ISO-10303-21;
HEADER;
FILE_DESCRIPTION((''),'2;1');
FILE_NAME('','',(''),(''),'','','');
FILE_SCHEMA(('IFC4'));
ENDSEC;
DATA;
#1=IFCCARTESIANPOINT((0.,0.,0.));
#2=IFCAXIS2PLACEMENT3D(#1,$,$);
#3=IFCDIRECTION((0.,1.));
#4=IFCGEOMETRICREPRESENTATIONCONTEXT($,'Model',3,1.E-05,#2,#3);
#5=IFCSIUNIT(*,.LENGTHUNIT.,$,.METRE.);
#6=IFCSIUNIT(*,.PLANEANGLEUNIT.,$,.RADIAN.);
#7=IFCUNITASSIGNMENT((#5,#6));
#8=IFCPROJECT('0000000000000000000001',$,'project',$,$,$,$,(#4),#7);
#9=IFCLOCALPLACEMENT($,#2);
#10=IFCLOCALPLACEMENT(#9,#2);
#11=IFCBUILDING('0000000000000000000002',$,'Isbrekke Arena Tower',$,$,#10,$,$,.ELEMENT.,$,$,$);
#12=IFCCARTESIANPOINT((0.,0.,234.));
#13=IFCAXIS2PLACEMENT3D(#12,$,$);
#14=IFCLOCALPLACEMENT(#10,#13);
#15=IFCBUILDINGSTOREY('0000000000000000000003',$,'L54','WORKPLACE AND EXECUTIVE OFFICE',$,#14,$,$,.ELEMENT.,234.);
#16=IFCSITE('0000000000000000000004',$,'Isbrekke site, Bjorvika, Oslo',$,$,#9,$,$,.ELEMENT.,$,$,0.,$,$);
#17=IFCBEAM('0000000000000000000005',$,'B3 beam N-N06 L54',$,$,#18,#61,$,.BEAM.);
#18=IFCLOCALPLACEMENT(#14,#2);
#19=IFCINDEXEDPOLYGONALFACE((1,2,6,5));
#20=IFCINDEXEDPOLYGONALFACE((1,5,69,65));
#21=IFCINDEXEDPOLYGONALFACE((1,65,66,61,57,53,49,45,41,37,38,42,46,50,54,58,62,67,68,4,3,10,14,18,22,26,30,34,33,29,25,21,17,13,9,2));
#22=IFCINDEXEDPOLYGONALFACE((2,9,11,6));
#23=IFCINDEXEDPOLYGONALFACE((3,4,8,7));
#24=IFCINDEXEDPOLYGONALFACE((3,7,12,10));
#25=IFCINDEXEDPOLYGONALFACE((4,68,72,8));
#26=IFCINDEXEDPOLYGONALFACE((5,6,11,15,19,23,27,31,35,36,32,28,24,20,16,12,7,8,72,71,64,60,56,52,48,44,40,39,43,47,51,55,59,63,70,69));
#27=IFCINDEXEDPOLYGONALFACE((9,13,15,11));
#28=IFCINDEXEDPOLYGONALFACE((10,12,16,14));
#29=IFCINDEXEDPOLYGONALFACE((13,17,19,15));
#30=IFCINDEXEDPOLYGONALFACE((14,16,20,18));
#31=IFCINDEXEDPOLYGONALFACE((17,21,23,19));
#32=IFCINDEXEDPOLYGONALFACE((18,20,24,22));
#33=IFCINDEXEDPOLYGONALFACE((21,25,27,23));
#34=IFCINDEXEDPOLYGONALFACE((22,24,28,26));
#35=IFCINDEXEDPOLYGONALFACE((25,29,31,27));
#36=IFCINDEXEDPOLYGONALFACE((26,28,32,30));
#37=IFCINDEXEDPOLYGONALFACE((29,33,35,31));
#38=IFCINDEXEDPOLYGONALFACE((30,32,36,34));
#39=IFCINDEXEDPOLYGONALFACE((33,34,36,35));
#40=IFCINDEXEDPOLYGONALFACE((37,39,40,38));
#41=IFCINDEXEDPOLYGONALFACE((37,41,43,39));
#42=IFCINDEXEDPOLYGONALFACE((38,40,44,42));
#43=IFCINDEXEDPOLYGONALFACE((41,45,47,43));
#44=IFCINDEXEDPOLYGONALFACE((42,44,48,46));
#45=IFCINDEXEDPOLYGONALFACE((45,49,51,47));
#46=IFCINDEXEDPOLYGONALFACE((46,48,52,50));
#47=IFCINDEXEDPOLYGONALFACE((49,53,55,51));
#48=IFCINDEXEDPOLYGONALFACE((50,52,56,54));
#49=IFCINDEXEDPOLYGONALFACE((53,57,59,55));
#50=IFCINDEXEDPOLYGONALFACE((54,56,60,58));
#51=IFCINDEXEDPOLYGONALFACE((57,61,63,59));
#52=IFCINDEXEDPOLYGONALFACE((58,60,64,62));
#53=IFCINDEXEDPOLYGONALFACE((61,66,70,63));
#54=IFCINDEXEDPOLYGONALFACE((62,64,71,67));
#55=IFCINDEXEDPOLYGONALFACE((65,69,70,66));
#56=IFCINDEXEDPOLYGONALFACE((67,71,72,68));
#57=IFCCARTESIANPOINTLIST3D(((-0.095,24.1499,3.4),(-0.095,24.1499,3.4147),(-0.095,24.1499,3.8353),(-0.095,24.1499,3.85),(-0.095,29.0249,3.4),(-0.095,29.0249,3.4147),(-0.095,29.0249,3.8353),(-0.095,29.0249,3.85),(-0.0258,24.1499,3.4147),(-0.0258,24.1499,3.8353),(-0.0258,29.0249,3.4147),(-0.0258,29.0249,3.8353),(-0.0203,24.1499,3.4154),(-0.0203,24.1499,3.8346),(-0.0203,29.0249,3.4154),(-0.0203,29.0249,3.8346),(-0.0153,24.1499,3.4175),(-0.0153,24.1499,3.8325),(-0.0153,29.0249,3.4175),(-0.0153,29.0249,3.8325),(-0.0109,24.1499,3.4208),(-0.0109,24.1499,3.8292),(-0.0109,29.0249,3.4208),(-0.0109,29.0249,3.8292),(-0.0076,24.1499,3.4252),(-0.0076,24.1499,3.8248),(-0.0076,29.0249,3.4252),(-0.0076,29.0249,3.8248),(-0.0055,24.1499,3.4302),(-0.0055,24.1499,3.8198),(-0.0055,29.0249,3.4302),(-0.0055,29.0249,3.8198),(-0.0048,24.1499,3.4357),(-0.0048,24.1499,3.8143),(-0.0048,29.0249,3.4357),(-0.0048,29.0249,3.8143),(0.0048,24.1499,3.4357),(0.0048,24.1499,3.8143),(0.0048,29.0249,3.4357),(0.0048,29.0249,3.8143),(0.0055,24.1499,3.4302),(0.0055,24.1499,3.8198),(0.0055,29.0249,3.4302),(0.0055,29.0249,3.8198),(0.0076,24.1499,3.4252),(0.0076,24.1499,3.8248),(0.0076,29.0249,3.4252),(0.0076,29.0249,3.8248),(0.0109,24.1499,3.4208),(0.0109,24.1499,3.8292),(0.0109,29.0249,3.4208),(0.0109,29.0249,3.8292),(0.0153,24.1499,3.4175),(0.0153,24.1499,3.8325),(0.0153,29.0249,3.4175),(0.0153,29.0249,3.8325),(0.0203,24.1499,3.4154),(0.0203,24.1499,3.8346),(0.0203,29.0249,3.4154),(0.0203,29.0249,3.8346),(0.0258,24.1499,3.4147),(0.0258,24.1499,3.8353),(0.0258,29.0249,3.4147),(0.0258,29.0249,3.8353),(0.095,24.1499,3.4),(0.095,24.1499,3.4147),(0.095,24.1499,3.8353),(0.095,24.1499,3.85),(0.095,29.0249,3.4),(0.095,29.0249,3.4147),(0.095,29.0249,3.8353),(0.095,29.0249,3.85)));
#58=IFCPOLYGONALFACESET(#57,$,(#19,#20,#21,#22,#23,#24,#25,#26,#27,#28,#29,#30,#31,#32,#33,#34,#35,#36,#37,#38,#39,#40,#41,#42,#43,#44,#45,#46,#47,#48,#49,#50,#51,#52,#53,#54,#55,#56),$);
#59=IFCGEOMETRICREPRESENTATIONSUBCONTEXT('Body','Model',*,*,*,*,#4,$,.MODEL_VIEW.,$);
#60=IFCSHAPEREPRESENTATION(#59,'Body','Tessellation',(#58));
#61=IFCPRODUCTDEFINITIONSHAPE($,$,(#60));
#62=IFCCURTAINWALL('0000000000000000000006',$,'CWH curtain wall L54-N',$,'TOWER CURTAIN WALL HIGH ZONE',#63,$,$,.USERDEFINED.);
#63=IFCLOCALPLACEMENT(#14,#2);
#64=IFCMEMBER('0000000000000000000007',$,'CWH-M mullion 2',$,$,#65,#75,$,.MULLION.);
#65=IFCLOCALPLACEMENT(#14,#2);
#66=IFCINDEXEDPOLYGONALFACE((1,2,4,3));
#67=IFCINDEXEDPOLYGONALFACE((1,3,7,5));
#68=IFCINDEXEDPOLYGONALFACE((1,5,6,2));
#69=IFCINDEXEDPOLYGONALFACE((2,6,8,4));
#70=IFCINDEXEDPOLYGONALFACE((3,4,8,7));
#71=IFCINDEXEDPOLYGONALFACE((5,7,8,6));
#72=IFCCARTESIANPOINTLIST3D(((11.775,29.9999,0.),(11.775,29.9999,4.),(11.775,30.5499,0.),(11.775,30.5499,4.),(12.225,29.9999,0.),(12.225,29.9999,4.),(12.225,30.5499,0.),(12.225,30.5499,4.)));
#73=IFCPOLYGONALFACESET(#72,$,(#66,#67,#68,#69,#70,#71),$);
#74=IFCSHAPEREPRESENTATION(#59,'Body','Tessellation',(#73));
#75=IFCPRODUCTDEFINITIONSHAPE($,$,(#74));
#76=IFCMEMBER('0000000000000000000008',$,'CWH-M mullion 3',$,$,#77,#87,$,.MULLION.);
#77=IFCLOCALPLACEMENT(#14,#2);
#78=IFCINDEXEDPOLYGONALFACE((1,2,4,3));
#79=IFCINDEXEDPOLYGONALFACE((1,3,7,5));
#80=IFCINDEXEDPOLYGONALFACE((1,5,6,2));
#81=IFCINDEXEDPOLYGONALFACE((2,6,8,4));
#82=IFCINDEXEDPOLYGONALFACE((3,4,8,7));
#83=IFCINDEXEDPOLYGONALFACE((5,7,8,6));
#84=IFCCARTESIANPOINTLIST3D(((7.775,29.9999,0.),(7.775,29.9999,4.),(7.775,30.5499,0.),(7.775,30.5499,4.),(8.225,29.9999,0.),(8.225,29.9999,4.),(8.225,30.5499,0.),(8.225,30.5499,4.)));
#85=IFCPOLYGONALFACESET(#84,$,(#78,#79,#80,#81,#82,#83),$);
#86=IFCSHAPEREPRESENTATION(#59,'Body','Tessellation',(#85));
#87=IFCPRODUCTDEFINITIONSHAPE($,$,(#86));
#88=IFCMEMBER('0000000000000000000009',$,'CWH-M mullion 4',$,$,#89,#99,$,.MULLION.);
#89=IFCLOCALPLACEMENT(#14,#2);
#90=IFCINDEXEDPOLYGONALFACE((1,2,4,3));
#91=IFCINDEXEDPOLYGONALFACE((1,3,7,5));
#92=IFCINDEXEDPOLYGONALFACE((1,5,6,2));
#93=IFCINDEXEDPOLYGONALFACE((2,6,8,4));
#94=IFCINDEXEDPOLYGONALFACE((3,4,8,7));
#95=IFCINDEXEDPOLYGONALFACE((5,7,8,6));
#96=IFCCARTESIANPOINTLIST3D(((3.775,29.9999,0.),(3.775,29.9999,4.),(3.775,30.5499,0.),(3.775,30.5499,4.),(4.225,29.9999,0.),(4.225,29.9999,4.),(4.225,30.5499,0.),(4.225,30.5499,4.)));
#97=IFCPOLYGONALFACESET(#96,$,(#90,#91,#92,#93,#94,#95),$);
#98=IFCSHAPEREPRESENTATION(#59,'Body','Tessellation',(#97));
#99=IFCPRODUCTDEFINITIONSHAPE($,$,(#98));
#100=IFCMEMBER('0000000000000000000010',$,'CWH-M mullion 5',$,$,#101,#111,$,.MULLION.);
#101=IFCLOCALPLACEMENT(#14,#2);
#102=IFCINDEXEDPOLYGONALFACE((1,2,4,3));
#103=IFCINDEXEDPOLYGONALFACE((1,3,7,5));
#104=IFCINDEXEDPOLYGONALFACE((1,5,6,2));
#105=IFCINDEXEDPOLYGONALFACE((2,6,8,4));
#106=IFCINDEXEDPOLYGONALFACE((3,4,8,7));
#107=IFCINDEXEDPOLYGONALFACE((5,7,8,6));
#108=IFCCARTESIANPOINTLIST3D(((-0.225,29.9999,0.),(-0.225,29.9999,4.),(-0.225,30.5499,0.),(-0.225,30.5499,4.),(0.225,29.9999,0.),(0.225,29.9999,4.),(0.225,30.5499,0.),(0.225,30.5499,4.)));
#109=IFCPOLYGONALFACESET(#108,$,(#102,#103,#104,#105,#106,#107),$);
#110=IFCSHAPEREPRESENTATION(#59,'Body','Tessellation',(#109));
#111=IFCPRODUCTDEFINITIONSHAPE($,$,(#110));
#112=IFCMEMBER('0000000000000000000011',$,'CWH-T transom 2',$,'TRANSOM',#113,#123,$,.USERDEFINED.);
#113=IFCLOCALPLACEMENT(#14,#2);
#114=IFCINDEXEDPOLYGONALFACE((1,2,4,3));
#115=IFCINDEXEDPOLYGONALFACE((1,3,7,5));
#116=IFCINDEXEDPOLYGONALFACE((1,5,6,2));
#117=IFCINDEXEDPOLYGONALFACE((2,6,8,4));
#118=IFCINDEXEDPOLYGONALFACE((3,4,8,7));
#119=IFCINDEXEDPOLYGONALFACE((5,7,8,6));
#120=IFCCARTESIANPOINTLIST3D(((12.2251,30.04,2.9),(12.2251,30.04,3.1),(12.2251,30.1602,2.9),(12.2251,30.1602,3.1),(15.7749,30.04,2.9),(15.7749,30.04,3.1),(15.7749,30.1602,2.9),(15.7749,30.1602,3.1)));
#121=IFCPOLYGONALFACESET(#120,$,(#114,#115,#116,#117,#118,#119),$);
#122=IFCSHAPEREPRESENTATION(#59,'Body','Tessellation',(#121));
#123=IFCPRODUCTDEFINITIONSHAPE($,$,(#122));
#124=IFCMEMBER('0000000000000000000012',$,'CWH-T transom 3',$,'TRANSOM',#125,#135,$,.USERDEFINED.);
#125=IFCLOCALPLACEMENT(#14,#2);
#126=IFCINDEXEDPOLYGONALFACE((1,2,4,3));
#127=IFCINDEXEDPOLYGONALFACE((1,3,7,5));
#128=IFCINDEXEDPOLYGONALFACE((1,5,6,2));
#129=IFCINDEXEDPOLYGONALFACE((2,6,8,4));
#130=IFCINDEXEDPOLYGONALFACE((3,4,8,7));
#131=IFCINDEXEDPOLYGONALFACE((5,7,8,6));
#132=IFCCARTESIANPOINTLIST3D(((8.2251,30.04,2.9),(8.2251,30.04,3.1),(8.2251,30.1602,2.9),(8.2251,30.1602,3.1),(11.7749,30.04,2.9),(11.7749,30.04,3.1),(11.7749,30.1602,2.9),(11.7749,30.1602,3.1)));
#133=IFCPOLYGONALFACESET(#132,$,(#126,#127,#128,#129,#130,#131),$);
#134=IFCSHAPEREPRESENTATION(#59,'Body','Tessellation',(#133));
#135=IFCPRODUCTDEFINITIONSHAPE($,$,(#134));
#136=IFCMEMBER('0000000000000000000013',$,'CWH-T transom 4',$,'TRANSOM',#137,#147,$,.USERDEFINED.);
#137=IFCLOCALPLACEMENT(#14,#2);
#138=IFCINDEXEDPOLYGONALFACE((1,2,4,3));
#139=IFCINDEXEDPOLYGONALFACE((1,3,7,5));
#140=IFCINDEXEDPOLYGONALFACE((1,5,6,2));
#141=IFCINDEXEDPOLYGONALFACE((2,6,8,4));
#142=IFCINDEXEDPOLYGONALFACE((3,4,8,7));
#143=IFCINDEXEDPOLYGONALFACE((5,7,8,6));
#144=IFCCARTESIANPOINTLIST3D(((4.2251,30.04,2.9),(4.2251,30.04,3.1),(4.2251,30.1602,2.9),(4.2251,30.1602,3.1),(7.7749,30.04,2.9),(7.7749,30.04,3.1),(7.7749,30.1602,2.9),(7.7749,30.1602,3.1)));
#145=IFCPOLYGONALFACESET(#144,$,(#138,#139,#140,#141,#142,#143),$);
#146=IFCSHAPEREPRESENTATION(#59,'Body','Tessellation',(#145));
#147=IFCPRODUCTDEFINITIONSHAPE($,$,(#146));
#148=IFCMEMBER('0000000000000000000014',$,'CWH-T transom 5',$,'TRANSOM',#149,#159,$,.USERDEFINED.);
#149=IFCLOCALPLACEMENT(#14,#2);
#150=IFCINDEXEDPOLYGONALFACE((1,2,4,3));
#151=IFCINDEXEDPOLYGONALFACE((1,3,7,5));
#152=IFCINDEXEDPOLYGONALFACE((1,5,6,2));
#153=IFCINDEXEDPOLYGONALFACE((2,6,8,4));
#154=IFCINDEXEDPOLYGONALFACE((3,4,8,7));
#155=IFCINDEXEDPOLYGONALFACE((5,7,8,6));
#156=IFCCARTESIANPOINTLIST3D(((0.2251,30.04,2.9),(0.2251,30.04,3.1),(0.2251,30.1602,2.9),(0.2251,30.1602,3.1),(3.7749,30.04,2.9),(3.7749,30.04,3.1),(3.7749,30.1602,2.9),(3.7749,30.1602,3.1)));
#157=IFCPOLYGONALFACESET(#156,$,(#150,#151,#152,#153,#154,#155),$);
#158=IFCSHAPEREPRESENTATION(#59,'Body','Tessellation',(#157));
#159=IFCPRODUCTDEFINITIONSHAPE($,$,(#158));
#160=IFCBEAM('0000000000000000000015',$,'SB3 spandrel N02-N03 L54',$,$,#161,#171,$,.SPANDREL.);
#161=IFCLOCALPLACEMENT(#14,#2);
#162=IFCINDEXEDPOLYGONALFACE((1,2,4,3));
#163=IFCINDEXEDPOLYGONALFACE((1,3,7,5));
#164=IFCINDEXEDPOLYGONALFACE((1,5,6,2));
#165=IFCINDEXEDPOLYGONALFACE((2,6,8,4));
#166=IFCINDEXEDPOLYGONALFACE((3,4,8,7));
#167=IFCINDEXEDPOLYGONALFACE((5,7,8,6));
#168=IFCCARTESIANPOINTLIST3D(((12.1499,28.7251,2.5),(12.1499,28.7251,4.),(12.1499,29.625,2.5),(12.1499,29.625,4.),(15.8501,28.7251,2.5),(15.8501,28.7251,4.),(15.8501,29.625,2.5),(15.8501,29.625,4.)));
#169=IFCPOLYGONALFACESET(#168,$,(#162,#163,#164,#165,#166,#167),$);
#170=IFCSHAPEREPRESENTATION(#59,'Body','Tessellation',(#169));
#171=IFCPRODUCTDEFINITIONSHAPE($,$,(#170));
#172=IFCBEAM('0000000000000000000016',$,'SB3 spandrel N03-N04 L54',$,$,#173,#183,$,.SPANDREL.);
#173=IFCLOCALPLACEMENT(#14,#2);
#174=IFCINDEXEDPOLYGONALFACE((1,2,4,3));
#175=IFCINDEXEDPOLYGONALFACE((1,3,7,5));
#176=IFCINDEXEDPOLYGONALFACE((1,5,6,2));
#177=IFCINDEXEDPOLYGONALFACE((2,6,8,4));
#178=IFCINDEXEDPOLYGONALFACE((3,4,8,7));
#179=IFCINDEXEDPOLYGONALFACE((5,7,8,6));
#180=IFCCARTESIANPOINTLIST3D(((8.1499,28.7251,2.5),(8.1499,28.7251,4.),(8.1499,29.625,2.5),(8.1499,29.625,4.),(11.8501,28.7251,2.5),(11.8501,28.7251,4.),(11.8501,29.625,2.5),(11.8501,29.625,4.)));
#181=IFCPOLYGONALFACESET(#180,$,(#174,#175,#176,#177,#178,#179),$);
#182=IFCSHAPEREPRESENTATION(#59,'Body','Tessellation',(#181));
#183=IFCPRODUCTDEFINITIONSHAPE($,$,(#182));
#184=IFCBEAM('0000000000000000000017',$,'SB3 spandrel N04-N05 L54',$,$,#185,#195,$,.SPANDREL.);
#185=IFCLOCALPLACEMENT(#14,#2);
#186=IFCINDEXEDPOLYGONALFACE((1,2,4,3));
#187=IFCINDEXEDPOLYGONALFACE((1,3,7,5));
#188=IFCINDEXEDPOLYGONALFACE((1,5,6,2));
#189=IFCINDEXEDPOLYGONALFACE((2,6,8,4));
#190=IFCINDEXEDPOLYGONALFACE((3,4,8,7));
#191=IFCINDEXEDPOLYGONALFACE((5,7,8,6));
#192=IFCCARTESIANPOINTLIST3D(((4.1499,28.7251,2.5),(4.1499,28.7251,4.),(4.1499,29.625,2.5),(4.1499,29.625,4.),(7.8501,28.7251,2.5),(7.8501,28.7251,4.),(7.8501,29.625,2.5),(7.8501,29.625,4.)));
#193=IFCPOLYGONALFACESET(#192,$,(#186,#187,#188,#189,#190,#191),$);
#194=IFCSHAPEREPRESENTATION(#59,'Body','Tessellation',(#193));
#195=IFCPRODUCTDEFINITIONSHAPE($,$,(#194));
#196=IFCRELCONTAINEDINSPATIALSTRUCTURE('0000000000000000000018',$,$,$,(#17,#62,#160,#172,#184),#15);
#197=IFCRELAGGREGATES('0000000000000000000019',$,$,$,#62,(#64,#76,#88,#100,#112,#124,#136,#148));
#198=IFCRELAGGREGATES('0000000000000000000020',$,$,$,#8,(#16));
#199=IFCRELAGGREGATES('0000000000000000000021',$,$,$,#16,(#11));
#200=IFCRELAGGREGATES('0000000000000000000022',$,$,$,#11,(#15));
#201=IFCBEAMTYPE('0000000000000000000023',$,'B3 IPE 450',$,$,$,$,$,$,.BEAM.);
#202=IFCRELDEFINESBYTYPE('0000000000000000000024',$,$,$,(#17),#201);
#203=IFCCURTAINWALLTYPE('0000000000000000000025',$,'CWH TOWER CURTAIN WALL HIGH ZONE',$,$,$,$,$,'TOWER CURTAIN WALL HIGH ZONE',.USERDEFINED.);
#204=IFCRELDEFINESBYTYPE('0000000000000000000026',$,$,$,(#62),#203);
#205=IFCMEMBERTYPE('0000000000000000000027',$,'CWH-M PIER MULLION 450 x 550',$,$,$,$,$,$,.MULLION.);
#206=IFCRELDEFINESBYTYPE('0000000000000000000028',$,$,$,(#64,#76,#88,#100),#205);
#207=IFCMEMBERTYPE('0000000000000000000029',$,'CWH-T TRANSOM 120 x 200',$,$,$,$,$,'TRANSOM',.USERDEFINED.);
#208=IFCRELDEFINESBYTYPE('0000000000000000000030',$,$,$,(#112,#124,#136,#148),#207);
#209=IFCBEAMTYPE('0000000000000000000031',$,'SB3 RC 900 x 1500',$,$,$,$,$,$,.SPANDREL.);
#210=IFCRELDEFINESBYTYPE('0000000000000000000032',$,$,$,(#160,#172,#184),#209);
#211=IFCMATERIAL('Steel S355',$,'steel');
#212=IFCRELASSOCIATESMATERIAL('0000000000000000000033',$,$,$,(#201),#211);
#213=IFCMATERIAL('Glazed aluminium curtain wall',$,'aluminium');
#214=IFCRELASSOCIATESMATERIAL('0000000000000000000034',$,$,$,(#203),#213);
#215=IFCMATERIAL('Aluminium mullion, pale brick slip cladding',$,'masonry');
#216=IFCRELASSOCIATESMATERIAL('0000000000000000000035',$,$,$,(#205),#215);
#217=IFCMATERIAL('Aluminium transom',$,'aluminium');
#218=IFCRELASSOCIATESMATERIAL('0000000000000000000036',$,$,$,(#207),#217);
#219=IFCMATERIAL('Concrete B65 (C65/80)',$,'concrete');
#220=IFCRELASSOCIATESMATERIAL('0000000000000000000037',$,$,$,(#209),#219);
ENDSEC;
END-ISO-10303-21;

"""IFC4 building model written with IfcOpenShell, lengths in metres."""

from ifc_helpers import new_model, si_unit, direction, frame, origin, origin_2d, place, context, subcontext, project, spatial, rectangle, i_section, extrude, material, material_profile, profile_set, type_object, element, aggregate, save


model = new_model("IFC4")

# Units and contexts
model_context = context("Model", 3, precision=1e-05, world=origin(), true_north=direction((0.0, 1.0)))
body_context = subcontext(model_context, "Body", "Model", "MODEL_VIEW")
ifc_project = project(units=[si_unit("LENGTHUNIT", "METRE"), si_unit("PLANEANGLEUNIT", "RADIAN")], contexts=[model_context])

# Site, building, storey
site_placement = place(None, origin())
site = spatial("IfcSite", under=ifc_project, at=site_placement, Name="Isbrekke site, Bjorvika, Oslo", CompositionType="ELEMENT", RefElevation=0.0)
building_placement = place(site_placement, origin())
building = spatial("IfcBuilding", under=site, at=building_placement, Name="Isbrekke Arena Tower", CompositionType="ELEMENT")
storey_placement = place(building_placement, frame((0.0, 0.0, 234.0)))
storey = spatial("IfcBuildingStorey", under=building, at=storey_placement, Name="L54", Description="WORKPLACE AND EXECUTIVE OFFICE", CompositionType="ELEMENT", Elevation=234.0)

# Beam
ifc_material_1 = material(Name="Steel S355", Category="steel")
ifc_material_profile_1 = material_profile(ifc_material_1, i_section(OverallWidth=0.1899, OverallDepth=0.45, WebThickness=0.0095, FlangeThickness=0.0146, FilletRadius=0.021, at=origin_2d()), Name="IPE 450")
ifc_profile_set_1 = profile_set([ifc_material_profile_1], Name="Steel S355")
beam_type_1 = type_object("IfcBeamType", Name="B3 IPE 450", PredefinedType="BEAM", material=ifc_profile_set_1)
beam_1_placement = place(storey_placement, frame((0.0, 29.0249, 3.625), z_axis=(0.0, -1.0, 0.0), x_axis=(1.0, 0.0, 0.0)))
element("IfcBeam", 1, at=beam_1_placement, inside=storey, type_object=beam_type_1, Name="B3 beam N-N06 L54", PredefinedType="BEAM", context=body_context, shape_type="SweptSolid", body=[
    extrude(i_section(OverallWidth=0.1899, OverallDepth=0.45, WebThickness=0.0095, FlangeThickness=0.0146, FilletRadius=0.021, at=origin_2d()), origin(), (0.0, 0.0, 1.0), 4.875),
])

# Curtain wall, members
ifc_material_2 = material(Name="Glazed aluminium curtain wall", Category="aluminium")
curtain_wall_type = type_object("IfcCurtainWallType", Name="CWH TOWER CURTAIN WALL HIGH ZONE", ElementType="TOWER CURTAIN WALL HIGH ZONE", PredefinedType="USERDEFINED", material=ifc_material_2)
curtain_wall_placement = place(storey_placement, origin())
curtain_wall = element("IfcCurtainWall", 2, at=curtain_wall_placement, inside=storey, type_object=curtain_wall_type, Name="CWH curtain wall L54-N", ObjectType="TOWER CURTAIN WALL HIGH ZONE", PredefinedType="USERDEFINED")
ifc_material_3 = material(Name="Aluminium mullion, pale brick slip cladding", Category="masonry")
ifc_material_profile_2 = material_profile(ifc_material_3, rectangle(XDim=0.45, YDim=0.55, at=origin_2d()), Name="PIER 450X550")
ifc_profile_set_2 = profile_set([ifc_material_profile_2], Name="Aluminium mullion, pale brick slip cladding")
member_type_1 = type_object("IfcMemberType", Name="CWH-M PIER MULLION 450 x 550", PredefinedType="MULLION", material=ifc_profile_set_2)
member_1_placement = place(storey_placement, frame((12.0, 30.2749, 0.0), z_axis=(0.0, 0.0, 1.0), x_axis=(-1.0, 0.0, 0.0)))
member_1 = element("IfcMember", 3, at=member_1_placement, type_object=member_type_1, Name="CWH-M mullion 2", PredefinedType="MULLION", context=body_context, shape_type="SweptSolid", body=[
    extrude(rectangle(XDim=0.45, YDim=0.55, at=origin_2d()), origin(), (0.0, 0.0, 1.0), 4.0),
])
member_2_placement = place(storey_placement, frame((8.0, 30.2749, 0.0), z_axis=(0.0, 0.0, 1.0), x_axis=(-1.0, 0.0, 0.0)))
member_2 = element("IfcMember", 4, at=member_2_placement, type_object=member_type_1, Name="CWH-M mullion 3", PredefinedType="MULLION", context=body_context, shape_type="SweptSolid", body=[
    extrude(rectangle(XDim=0.45, YDim=0.55, at=origin_2d()), origin(), (0.0, 0.0, 1.0), 4.0),
])
member_3_placement = place(storey_placement, frame((4.0, 30.2749, 0.0), z_axis=(0.0, 0.0, 1.0), x_axis=(-1.0, 0.0, 0.0)))
member_3 = element("IfcMember", 5, at=member_3_placement, type_object=member_type_1, Name="CWH-M mullion 4", PredefinedType="MULLION", context=body_context, shape_type="SweptSolid", body=[
    extrude(rectangle(XDim=0.45, YDim=0.55, at=origin_2d()), origin(), (0.0, 0.0, 1.0), 4.0),
])
member_4_placement = place(storey_placement, frame((0.0, 30.2749, 0.0), z_axis=(0.0, 0.0, 1.0), x_axis=(-1.0, 0.0, 0.0)))
member_4 = element("IfcMember", 6, at=member_4_placement, type_object=member_type_1, Name="CWH-M mullion 5", PredefinedType="MULLION", context=body_context, shape_type="SweptSolid", body=[
    extrude(rectangle(XDim=0.45, YDim=0.55, at=origin_2d()), origin(), (0.0, 0.0, 1.0), 4.0),
])
ifc_material_4 = material(Name="Aluminium transom", Category="aluminium")
ifc_material_profile_3 = material_profile(ifc_material_4, rectangle(XDim=0.1201, YDim=0.2, at=origin_2d()), Name="TRANSOM 120X200")
ifc_profile_set_3 = profile_set([ifc_material_profile_3], Name="Aluminium transom")
member_type_2 = type_object("IfcMemberType", Name="CWH-T TRANSOM 120 x 200", ElementType="TRANSOM", PredefinedType="USERDEFINED", material=ifc_profile_set_3)
member_5_placement = place(storey_placement, frame((15.7749, 30.1001, 3.0), z_axis=(-1.0, 0.0, 0.0), x_axis=(0.0, -1.0, 0.0)))
member_5 = element("IfcMember", 7, at=member_5_placement, type_object=member_type_2, Name="CWH-T transom 2", ObjectType="TRANSOM", PredefinedType="USERDEFINED", context=body_context, shape_type="SweptSolid", body=[
    extrude(rectangle(XDim=0.1201, YDim=0.2, at=origin_2d()), origin(), (0.0, 0.0, 1.0), 3.5498),
])
member_6_placement = place(storey_placement, frame((11.7749, 30.1001, 3.0), z_axis=(-1.0, 0.0, 0.0), x_axis=(0.0, -1.0, 0.0)))
member_6 = element("IfcMember", 8, at=member_6_placement, type_object=member_type_2, Name="CWH-T transom 3", ObjectType="TRANSOM", PredefinedType="USERDEFINED", context=body_context, shape_type="SweptSolid", body=[
    extrude(rectangle(XDim=0.1201, YDim=0.2, at=origin_2d()), origin(), (0.0, 0.0, 1.0), 3.5498),
])
member_7_placement = place(storey_placement, frame((7.7749, 30.1001, 3.0), z_axis=(-1.0, 0.0, 0.0), x_axis=(0.0, -1.0, 0.0)))
member_7 = element("IfcMember", 9, at=member_7_placement, type_object=member_type_2, Name="CWH-T transom 4", ObjectType="TRANSOM", PredefinedType="USERDEFINED", context=body_context, shape_type="SweptSolid", body=[
    extrude(rectangle(XDim=0.1201, YDim=0.2, at=origin_2d()), origin(), (0.0, 0.0, 1.0), 3.5498),
])
member_8_placement = place(storey_placement, frame((3.7749, 30.1001, 3.0), z_axis=(-1.0, 0.0, 0.0), x_axis=(0.0, -1.0, 0.0)))
member_8 = element("IfcMember", 10, at=member_8_placement, type_object=member_type_2, Name="CWH-T transom 5", ObjectType="TRANSOM", PredefinedType="USERDEFINED", context=body_context, shape_type="SweptSolid", body=[
    extrude(rectangle(XDim=0.1201, YDim=0.2, at=origin_2d()), origin(), (0.0, 0.0, 1.0), 3.5498),
])

# Beams
ifc_material_5 = material(Name="Concrete B65 (C65/80)", Category="concrete")
ifc_material_profile_4 = material_profile(ifc_material_5, rectangle(XDim=0.8999, YDim=1.5, at=origin_2d()), Name="RC 900x1500")
ifc_profile_set_4 = profile_set([ifc_material_profile_4], Name="Concrete B65 (C65/80)")
beam_type_2 = type_object("IfcBeamType", Name="SB3 RC 900 x 1500", PredefinedType="SPANDREL", material=ifc_profile_set_4)
for number, where, z_axis, x_axis, name in (
    (11, (15.8501, 29.175, 3.25), (-1.0, 0.0, 0.0), (0.0, -1.0, 0.0), "SB3 spandrel N02-N03 L54"),
    (12, (11.8501, 29.175, 3.25), (-1.0, 0.0, 0.0), (0.0, -1.0, 0.0), "SB3 spandrel N03-N04 L54"),
    (13, (7.8501, 29.175, 3.25), (-1.0, 0.0, 0.0), (0.0, -1.0, 0.0), "SB3 spandrel N04-N05 L54"),
):
    element("IfcBeam", number, at=place(storey_placement, frame(where, z_axis=z_axis, x_axis=x_axis)), inside=storey, type_object=beam_type_2, Name=name, PredefinedType="SPANDREL", context=body_context, shape_type="SweptSolid", body=[
        extrude(rectangle(XDim=0.8999, YDim=1.5, at=origin_2d()), origin(), (0.0, 0.0, 1.0), 3.7002),
    ])

aggregate(curtain_wall, [member_1, member_2, member_3, member_4, member_5, member_6, member_7, member_8])

save(model, "model.ifc")
